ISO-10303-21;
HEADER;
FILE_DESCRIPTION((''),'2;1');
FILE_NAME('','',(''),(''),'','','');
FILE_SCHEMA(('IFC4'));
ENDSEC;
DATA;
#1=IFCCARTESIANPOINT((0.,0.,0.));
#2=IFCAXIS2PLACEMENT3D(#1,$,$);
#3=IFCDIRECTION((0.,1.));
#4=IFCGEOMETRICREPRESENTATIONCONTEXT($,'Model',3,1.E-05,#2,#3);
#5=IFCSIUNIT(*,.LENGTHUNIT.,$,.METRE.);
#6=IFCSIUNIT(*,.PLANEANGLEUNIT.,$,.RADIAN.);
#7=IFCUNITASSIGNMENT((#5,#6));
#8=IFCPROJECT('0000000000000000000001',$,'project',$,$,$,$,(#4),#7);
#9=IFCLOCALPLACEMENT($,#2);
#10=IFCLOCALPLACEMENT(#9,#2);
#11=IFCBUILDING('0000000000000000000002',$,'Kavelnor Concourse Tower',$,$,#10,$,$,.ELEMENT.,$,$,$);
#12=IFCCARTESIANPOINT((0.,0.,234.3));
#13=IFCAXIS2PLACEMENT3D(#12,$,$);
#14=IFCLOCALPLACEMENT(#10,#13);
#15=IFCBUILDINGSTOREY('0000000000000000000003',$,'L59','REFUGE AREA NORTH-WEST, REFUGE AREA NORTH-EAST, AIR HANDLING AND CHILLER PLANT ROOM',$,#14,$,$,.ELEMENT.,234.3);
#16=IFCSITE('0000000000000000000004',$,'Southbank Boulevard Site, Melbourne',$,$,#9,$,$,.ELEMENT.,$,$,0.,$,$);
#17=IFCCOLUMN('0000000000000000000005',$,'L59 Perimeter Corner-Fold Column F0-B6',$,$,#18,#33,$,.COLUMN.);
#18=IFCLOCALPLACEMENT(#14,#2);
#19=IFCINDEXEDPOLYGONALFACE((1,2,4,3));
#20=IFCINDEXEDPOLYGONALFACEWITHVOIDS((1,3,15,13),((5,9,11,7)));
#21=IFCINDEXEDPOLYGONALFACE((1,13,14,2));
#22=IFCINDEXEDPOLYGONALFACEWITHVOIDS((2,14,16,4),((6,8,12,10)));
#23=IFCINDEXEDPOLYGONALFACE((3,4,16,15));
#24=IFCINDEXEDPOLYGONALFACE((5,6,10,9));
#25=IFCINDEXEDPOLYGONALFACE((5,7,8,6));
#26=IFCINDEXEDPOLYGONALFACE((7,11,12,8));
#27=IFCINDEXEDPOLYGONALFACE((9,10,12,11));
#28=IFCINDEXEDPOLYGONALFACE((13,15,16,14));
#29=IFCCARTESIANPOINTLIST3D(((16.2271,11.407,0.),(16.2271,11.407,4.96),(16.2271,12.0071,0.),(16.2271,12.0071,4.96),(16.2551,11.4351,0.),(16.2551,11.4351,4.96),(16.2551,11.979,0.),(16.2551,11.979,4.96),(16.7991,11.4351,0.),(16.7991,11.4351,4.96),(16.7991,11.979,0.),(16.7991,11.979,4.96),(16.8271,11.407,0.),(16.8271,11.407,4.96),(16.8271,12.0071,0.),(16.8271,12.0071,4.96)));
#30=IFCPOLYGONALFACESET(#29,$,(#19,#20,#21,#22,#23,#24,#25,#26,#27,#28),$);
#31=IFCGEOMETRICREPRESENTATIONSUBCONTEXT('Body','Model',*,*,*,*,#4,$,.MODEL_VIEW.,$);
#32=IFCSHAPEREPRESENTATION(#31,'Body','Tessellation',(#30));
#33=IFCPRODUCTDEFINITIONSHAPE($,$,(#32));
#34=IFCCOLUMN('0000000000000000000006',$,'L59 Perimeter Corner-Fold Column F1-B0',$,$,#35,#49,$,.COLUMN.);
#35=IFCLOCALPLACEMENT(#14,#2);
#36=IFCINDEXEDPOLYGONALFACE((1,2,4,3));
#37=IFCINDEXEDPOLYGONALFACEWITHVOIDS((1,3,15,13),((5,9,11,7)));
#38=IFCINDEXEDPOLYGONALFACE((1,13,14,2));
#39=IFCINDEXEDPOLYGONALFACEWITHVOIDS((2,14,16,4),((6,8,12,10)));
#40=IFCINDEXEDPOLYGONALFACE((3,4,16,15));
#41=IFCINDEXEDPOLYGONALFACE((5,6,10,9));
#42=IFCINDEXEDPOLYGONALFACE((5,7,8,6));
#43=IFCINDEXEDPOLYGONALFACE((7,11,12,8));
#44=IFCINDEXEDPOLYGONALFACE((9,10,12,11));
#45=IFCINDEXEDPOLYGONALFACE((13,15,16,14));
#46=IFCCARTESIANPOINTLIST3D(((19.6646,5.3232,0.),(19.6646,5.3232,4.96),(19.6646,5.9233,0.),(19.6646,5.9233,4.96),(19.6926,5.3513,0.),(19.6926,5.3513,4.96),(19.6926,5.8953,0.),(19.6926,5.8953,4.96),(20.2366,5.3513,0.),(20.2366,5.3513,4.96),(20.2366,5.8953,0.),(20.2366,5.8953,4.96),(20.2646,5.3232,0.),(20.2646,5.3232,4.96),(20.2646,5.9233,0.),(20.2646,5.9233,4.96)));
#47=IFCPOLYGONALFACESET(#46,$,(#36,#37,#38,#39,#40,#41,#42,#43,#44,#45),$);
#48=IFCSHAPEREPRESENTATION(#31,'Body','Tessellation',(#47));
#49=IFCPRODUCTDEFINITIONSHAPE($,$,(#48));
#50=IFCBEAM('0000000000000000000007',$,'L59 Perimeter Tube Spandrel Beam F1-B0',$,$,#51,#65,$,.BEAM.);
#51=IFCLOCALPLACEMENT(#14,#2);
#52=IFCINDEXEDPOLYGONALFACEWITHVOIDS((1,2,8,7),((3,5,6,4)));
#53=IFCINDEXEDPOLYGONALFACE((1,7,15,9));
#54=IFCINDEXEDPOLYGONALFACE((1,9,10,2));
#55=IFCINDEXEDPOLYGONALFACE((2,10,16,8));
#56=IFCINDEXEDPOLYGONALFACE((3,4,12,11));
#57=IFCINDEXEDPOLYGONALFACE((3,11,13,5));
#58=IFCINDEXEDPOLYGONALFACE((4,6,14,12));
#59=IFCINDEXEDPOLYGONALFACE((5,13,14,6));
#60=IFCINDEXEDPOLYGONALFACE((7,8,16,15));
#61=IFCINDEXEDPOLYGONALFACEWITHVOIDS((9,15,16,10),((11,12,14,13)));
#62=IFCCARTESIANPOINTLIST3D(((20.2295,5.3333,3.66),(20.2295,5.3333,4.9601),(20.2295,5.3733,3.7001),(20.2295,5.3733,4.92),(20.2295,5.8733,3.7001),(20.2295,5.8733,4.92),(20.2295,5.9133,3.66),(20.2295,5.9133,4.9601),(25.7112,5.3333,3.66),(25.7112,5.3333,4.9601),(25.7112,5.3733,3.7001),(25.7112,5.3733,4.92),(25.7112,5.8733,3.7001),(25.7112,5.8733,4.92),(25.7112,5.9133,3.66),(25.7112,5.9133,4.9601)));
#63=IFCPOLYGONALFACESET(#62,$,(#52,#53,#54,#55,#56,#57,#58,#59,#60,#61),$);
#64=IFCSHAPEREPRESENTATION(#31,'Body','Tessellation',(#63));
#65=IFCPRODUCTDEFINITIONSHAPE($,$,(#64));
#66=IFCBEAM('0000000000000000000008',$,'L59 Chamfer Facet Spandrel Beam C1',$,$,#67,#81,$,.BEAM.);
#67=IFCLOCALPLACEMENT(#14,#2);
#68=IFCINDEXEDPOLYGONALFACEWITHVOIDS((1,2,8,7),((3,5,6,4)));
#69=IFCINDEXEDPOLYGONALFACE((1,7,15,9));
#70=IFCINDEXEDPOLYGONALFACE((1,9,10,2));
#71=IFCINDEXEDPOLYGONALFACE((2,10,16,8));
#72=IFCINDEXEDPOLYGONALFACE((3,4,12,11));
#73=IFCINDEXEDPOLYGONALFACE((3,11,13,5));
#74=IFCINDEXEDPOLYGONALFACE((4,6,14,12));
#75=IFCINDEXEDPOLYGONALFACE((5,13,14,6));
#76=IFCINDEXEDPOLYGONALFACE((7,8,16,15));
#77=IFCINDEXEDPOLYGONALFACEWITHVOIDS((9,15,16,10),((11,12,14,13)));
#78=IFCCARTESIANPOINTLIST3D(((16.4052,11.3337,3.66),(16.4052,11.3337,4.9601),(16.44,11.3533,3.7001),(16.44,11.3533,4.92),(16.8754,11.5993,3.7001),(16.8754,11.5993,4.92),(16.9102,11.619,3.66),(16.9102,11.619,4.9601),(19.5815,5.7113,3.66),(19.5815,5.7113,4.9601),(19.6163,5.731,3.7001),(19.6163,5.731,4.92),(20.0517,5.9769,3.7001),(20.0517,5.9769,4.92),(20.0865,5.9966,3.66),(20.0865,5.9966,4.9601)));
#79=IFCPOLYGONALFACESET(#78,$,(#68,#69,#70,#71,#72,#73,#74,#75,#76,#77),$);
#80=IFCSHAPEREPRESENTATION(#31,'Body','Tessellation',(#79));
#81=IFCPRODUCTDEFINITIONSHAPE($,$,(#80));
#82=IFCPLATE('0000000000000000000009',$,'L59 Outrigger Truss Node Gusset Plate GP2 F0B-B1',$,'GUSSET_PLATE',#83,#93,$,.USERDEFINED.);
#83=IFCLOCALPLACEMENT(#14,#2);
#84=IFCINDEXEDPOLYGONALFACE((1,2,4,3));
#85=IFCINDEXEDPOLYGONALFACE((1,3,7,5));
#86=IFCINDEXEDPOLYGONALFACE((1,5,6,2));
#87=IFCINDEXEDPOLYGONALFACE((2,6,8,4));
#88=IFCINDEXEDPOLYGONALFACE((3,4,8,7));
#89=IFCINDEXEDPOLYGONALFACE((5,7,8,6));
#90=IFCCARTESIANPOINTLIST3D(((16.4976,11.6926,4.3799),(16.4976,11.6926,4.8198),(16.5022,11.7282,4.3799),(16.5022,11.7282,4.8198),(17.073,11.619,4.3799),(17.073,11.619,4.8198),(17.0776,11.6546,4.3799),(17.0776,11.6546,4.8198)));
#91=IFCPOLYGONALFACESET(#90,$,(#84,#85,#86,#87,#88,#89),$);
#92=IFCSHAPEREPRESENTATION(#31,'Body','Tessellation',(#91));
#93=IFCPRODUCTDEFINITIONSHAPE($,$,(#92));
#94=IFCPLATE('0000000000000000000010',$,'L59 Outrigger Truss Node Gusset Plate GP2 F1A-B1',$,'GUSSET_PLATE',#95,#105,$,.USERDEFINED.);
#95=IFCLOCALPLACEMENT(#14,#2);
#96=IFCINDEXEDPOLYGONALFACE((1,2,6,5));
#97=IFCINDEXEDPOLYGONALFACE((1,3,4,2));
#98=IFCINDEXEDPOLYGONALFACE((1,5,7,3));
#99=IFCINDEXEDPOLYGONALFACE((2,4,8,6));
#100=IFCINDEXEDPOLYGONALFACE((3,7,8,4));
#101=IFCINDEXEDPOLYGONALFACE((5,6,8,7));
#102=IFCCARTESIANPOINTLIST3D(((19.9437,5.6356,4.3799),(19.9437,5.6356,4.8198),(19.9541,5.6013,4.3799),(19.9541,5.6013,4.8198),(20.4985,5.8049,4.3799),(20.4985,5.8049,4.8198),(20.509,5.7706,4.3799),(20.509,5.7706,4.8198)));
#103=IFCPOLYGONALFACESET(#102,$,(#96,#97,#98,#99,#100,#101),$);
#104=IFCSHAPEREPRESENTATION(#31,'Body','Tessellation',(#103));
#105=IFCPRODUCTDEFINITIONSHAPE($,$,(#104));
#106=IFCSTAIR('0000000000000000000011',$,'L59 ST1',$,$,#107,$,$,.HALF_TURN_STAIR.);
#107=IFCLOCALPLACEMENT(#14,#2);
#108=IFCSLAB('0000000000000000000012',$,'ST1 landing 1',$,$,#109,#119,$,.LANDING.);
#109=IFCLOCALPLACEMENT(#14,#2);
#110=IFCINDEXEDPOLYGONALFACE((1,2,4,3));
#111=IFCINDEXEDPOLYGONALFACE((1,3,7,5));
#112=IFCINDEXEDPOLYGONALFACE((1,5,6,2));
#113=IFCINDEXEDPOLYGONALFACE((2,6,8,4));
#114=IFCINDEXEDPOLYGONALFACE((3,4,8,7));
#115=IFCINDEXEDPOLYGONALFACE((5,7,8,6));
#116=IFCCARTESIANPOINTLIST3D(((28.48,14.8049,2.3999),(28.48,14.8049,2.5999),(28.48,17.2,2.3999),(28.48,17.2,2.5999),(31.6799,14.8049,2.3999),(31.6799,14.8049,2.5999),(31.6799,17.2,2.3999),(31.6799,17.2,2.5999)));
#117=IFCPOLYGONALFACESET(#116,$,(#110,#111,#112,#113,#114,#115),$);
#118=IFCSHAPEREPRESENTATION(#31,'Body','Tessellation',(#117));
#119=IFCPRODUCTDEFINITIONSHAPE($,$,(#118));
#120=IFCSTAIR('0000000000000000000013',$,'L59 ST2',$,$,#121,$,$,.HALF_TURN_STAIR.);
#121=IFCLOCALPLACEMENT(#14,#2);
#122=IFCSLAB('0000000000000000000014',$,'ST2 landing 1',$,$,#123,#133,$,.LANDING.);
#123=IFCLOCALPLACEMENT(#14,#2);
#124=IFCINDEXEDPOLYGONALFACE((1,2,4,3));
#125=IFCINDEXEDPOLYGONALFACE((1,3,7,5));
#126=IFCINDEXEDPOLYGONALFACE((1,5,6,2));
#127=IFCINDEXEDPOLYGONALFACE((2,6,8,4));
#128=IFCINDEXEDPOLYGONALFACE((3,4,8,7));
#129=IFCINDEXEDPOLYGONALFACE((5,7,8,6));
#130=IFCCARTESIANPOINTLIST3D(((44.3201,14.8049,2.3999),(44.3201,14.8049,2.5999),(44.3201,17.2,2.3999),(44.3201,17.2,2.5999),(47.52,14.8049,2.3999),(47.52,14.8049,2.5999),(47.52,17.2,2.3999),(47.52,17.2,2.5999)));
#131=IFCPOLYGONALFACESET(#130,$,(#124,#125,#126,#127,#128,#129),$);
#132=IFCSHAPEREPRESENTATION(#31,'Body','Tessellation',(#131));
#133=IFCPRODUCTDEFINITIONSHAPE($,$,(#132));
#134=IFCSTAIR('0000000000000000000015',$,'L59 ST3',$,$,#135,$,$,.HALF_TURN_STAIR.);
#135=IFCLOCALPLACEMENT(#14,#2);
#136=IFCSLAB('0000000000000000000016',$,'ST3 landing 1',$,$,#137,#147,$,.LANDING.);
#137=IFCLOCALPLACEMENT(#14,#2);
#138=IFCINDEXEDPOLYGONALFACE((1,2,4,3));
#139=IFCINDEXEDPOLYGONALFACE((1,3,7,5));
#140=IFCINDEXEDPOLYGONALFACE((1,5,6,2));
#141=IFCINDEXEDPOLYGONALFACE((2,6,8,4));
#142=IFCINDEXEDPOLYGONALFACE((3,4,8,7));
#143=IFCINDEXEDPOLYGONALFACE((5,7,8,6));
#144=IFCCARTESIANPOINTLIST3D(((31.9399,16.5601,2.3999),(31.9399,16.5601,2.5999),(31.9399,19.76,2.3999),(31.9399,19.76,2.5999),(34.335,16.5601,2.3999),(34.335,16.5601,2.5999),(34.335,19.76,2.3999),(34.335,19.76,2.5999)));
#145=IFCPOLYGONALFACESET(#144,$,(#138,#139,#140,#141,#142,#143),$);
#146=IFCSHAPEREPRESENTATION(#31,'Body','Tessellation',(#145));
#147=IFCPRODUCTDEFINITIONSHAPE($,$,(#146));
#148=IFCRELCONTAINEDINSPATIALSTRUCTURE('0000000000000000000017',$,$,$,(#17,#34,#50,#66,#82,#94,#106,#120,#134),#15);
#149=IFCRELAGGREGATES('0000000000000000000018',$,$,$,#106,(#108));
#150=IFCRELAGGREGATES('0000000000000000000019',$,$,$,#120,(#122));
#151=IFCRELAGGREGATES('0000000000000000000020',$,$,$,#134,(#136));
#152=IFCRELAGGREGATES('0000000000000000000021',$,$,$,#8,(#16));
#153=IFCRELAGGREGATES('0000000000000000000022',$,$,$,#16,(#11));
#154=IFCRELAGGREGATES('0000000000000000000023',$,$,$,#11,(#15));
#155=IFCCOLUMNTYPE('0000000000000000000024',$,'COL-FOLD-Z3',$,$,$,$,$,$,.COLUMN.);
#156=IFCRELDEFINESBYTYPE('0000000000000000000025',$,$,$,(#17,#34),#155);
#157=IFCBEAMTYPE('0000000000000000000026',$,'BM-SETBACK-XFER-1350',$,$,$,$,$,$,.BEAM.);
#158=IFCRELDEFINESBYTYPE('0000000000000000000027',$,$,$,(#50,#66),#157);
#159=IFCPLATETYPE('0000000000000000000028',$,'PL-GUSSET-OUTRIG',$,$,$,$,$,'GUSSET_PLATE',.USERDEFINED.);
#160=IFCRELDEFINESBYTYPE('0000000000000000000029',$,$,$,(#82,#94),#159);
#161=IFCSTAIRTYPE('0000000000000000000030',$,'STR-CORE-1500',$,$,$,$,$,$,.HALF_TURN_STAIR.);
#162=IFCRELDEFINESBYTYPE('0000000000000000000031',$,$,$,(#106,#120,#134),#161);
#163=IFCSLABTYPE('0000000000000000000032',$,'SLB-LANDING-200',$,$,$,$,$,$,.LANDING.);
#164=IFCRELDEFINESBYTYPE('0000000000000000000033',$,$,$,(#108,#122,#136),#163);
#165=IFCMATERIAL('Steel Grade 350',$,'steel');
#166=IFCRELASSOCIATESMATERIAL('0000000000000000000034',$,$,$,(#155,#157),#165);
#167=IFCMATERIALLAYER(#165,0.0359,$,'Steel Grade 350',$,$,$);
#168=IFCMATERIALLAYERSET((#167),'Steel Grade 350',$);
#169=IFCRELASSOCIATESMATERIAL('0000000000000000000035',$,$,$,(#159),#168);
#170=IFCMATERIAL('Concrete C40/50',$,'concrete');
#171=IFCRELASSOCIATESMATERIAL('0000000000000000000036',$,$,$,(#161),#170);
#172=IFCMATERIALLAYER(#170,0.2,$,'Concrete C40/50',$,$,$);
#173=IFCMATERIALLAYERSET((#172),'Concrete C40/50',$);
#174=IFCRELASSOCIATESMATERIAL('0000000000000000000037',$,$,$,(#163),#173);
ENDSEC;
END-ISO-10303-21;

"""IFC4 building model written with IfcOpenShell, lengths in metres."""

from ifc_helpers import new_model, si_unit, direction, frame, origin, origin_2d, place, context, subcontext, project, spatial, polyline, rectangle, hollow_rectangle, outline, extrude, material, layer, layer_set, material_profile, profile_set, type_object, element, aggregate, save


model = new_model("IFC4")

# Units and contexts
model_context = context("Model", 3, precision=1e-05, world=origin(), true_north=direction((0.0, 1.0)))
body_context = subcontext(model_context, "Body", "Model", "MODEL_VIEW")
ifc_project = project(units=[si_unit("LENGTHUNIT", "METRE"), si_unit("PLANEANGLEUNIT", "RADIAN")], contexts=[model_context])

# Site, building, storey
site_placement = place(None, origin())
site = spatial("IfcSite", under=ifc_project, at=site_placement, Name="Southbank Boulevard Site, Melbourne", CompositionType="ELEMENT", RefElevation=0.0)
building_placement = place(site_placement, origin())
building = spatial("IfcBuilding", under=site, at=building_placement, Name="Kavelnor Concourse Tower", CompositionType="ELEMENT")
storey_placement = place(building_placement, frame((0.0, 0.0, 234.3)))
storey = spatial("IfcBuildingStorey", under=building, at=storey_placement, Name="L59", Description="REFUGE AREA NORTH-WEST, REFUGE AREA NORTH-EAST, AIR HANDLING AND CHILLER PLANT ROOM", CompositionType="ELEMENT", Elevation=234.3)

# Columns
ifc_material_1 = material(Name="Steel Grade 350", Category="steel")
ifc_material_profile_1 = material_profile(ifc_material_1, hollow_rectangle(XDim=0.6001, YDim=0.6001, WallThickness=0.0281, at=origin_2d()), Name="SHS 600x600x28")
ifc_profile_set_1 = profile_set([ifc_material_profile_1], Name="Steel Grade 350")
column_type = type_object("IfcColumnType", Name="COL-FOLD-Z3", PredefinedType="COLUMN", material=ifc_profile_set_1)
for number, where, z_axis, x_axis, name in (
    (1, (16.5271, 11.707, 0.0), (0.0, 0.0, 1.0), (1.0, 0.0, 0.0), "L59 Perimeter Corner-Fold Column F0-B6"),
    (2, (19.9646, 5.6233, 0.0), (0.0, 0.0, 1.0), (1.0, 0.0, 0.0), "L59 Perimeter Corner-Fold Column F1-B0"),
):
    element("IfcColumn", number, at=place(storey_placement, frame(where, z_axis=z_axis, x_axis=x_axis)), inside=storey, type_object=column_type, Name=name, PredefinedType="COLUMN", context=body_context, shape_type="SweptSolid", body=[
        extrude(hollow_rectangle(XDim=0.6001, YDim=0.6001, WallThickness=0.0281, at=origin_2d()), origin(), (0.0, 0.0, 1.0), 4.96),
    ])

# Beams
ifc_material_profile_2 = material_profile(ifc_material_1, hollow_rectangle(XDim=0.5801, YDim=1.3, WallThickness=0.04, at=origin_2d()), Name="RHS 1300x580x40")
ifc_profile_set_2 = profile_set([ifc_material_profile_2], Name="Steel Grade 350")
beam_type = type_object("IfcBeamType", Name="BM-SETBACK-XFER-1350", PredefinedType="BEAM", material=ifc_profile_set_2)
beam_1_placement = place(storey_placement, frame((20.2295, 5.6233, 4.3101), z_axis=(1.0, 0.0, 0.0), x_axis=(0.0, 1.0, 0.0)))
element("IfcBeam", 3, at=beam_1_placement, inside=storey, type_object=beam_type, Name="L59 Perimeter Tube Spandrel Beam F1-B0", PredefinedType="BEAM", context=body_context, shape_type="SweptSolid", body=[
    extrude(hollow_rectangle(XDim=0.5801, YDim=1.3, WallThickness=0.04, at=origin_2d()), origin(), (0.0, 0.0, 1.0), 5.4817),
])
beam_2_placement = place(storey_placement, frame((16.6577, 11.4763, 4.3101), z_axis=(0.491874, -0.870666, 0.0), x_axis=(0.870666, 0.491874, 0.0)))
element("IfcBeam", 4, at=beam_2_placement, inside=storey, type_object=beam_type, Name="L59 Chamfer Facet Spandrel Beam C1", PredefinedType="BEAM", context=body_context, shape_type="SweptSolid", body=[
    extrude(hollow_rectangle(XDim=0.5801, YDim=1.3, WallThickness=0.04, at=origin_2d()), origin(), (0.0, 0.0, 1.0), 6.4575),
])

# Plates
ifc_layer_1 = layer(ifc_material_1, 0.0359, Name="Steel Grade 350")
ifc_layer_set_1 = layer_set([ifc_layer_1], Name="Steel Grade 350")
plate_type = type_object("IfcPlateType", Name="PL-GUSSET-OUTRIG", ElementType="GUSSET_PLATE", PredefinedType="USERDEFINED", material=ifc_layer_set_1)
for number, where, z_axis, x_axis, name in (
    (5, (16.7876, 11.6736, 4.3799), (0.0, 0.0, 1.0), (-0.991917, 0.126891, 0.0), "L59 Outrigger Truss Node Gusset Plate GP2 F0B-B1"),
    (6, (20.2263, 5.7031, 4.3799), (0.0, 0.0, 1.0), (-0.956458, -0.291871, 0.0), "L59 Outrigger Truss Node Gusset Plate GP2 F1A-B1"),
):
    element("IfcPlate", number, at=place(storey_placement, frame(where, z_axis=z_axis, x_axis=x_axis)), inside=storey, type_object=plate_type, Name=name, ObjectType="GUSSET_PLATE", PredefinedType="USERDEFINED", context=body_context, shape_type="SweptSolid", body=[
        extrude(rectangle(XDim=0.5801, YDim=0.0359, at=origin_2d()), origin(), (0.0, 0.0, 1.0), 0.4399),
    ])

# Stairs, slabs
ifc_material_2 = material(Name="Concrete C40/50", Category="concrete")
stair_type = type_object("IfcStairType", Name="STR-CORE-1500", PredefinedType="HALF_TURN_STAIR", material=ifc_material_2)
stair_1_placement = place(storey_placement, origin())
stair_1 = element("IfcStair", 7, at=stair_1_placement, inside=storey, type_object=stair_type, Name="L59 ST1", PredefinedType="HALF_TURN_STAIR")
ifc_layer_2 = layer(ifc_material_2, 0.2, Name="Concrete C40/50")
ifc_layer_set_2 = layer_set([ifc_layer_2], Name="Concrete C40/50")
slab_type_1 = type_object("IfcSlabType", Name="SLB-LANDING-200", PredefinedType="LANDING", material=ifc_layer_set_2)
slab_1_placement = place(storey_placement, frame((0.0, 0.0, 2.3999)))
slab_1 = element("IfcSlab", 8, at=slab_1_placement, type_object=slab_type_1, Name="ST1 landing 1", PredefinedType="LANDING", context=body_context, shape_type="SweptSolid", body=[
    extrude(outline(polyline([(31.6799, 14.8049), (31.6799, 17.2), (28.48, 17.2), (28.48, 14.8049), (31.6799, 14.8049)])), origin(), (0.0, 0.0, 1.0), 0.2),
])
aggregate(stair_1, [slab_1])
stair_2_placement = place(storey_placement, origin())
stair_2 = element("IfcStair", 9, at=stair_2_placement, inside=storey, type_object=stair_type, Name="L59 ST2", PredefinedType="HALF_TURN_STAIR")
slab_2_placement = place(storey_placement, frame((0.0, 0.0, 2.3999)))
slab_2 = element("IfcSlab", 10, at=slab_2_placement, type_object=slab_type_1, Name="ST2 landing 1", PredefinedType="LANDING", context=body_context, shape_type="SweptSolid", body=[
    extrude(outline(polyline([(47.52, 14.8049), (47.52, 17.2), (44.3201, 17.2), (44.3201, 14.8049), (47.52, 14.8049)])), origin(), (0.0, 0.0, 1.0), 0.2),
])
aggregate(stair_2, [slab_2])
stair_3_placement = place(storey_placement, origin())
stair_3 = element("IfcStair", 11, at=stair_3_placement, inside=storey, type_object=stair_type, Name="L59 ST3", PredefinedType="HALF_TURN_STAIR")
slab_3_placement = place(storey_placement, frame((0.0, 0.0, 2.3999)))
slab_3 = element("IfcSlab", 12, at=slab_3_placement, type_object=slab_type_1, Name="ST3 landing 1", PredefinedType="LANDING", context=body_context, shape_type="SweptSolid", body=[
    extrude(outline(polyline([(34.335, 19.76), (31.9399, 19.76), (31.9399, 16.5601), (34.335, 16.5601), (34.335, 19.76)])), origin(), (0.0, 0.0, 1.0), 0.2),
])
aggregate(stair_3, [slab_3])

save(model, "model.ifc")
